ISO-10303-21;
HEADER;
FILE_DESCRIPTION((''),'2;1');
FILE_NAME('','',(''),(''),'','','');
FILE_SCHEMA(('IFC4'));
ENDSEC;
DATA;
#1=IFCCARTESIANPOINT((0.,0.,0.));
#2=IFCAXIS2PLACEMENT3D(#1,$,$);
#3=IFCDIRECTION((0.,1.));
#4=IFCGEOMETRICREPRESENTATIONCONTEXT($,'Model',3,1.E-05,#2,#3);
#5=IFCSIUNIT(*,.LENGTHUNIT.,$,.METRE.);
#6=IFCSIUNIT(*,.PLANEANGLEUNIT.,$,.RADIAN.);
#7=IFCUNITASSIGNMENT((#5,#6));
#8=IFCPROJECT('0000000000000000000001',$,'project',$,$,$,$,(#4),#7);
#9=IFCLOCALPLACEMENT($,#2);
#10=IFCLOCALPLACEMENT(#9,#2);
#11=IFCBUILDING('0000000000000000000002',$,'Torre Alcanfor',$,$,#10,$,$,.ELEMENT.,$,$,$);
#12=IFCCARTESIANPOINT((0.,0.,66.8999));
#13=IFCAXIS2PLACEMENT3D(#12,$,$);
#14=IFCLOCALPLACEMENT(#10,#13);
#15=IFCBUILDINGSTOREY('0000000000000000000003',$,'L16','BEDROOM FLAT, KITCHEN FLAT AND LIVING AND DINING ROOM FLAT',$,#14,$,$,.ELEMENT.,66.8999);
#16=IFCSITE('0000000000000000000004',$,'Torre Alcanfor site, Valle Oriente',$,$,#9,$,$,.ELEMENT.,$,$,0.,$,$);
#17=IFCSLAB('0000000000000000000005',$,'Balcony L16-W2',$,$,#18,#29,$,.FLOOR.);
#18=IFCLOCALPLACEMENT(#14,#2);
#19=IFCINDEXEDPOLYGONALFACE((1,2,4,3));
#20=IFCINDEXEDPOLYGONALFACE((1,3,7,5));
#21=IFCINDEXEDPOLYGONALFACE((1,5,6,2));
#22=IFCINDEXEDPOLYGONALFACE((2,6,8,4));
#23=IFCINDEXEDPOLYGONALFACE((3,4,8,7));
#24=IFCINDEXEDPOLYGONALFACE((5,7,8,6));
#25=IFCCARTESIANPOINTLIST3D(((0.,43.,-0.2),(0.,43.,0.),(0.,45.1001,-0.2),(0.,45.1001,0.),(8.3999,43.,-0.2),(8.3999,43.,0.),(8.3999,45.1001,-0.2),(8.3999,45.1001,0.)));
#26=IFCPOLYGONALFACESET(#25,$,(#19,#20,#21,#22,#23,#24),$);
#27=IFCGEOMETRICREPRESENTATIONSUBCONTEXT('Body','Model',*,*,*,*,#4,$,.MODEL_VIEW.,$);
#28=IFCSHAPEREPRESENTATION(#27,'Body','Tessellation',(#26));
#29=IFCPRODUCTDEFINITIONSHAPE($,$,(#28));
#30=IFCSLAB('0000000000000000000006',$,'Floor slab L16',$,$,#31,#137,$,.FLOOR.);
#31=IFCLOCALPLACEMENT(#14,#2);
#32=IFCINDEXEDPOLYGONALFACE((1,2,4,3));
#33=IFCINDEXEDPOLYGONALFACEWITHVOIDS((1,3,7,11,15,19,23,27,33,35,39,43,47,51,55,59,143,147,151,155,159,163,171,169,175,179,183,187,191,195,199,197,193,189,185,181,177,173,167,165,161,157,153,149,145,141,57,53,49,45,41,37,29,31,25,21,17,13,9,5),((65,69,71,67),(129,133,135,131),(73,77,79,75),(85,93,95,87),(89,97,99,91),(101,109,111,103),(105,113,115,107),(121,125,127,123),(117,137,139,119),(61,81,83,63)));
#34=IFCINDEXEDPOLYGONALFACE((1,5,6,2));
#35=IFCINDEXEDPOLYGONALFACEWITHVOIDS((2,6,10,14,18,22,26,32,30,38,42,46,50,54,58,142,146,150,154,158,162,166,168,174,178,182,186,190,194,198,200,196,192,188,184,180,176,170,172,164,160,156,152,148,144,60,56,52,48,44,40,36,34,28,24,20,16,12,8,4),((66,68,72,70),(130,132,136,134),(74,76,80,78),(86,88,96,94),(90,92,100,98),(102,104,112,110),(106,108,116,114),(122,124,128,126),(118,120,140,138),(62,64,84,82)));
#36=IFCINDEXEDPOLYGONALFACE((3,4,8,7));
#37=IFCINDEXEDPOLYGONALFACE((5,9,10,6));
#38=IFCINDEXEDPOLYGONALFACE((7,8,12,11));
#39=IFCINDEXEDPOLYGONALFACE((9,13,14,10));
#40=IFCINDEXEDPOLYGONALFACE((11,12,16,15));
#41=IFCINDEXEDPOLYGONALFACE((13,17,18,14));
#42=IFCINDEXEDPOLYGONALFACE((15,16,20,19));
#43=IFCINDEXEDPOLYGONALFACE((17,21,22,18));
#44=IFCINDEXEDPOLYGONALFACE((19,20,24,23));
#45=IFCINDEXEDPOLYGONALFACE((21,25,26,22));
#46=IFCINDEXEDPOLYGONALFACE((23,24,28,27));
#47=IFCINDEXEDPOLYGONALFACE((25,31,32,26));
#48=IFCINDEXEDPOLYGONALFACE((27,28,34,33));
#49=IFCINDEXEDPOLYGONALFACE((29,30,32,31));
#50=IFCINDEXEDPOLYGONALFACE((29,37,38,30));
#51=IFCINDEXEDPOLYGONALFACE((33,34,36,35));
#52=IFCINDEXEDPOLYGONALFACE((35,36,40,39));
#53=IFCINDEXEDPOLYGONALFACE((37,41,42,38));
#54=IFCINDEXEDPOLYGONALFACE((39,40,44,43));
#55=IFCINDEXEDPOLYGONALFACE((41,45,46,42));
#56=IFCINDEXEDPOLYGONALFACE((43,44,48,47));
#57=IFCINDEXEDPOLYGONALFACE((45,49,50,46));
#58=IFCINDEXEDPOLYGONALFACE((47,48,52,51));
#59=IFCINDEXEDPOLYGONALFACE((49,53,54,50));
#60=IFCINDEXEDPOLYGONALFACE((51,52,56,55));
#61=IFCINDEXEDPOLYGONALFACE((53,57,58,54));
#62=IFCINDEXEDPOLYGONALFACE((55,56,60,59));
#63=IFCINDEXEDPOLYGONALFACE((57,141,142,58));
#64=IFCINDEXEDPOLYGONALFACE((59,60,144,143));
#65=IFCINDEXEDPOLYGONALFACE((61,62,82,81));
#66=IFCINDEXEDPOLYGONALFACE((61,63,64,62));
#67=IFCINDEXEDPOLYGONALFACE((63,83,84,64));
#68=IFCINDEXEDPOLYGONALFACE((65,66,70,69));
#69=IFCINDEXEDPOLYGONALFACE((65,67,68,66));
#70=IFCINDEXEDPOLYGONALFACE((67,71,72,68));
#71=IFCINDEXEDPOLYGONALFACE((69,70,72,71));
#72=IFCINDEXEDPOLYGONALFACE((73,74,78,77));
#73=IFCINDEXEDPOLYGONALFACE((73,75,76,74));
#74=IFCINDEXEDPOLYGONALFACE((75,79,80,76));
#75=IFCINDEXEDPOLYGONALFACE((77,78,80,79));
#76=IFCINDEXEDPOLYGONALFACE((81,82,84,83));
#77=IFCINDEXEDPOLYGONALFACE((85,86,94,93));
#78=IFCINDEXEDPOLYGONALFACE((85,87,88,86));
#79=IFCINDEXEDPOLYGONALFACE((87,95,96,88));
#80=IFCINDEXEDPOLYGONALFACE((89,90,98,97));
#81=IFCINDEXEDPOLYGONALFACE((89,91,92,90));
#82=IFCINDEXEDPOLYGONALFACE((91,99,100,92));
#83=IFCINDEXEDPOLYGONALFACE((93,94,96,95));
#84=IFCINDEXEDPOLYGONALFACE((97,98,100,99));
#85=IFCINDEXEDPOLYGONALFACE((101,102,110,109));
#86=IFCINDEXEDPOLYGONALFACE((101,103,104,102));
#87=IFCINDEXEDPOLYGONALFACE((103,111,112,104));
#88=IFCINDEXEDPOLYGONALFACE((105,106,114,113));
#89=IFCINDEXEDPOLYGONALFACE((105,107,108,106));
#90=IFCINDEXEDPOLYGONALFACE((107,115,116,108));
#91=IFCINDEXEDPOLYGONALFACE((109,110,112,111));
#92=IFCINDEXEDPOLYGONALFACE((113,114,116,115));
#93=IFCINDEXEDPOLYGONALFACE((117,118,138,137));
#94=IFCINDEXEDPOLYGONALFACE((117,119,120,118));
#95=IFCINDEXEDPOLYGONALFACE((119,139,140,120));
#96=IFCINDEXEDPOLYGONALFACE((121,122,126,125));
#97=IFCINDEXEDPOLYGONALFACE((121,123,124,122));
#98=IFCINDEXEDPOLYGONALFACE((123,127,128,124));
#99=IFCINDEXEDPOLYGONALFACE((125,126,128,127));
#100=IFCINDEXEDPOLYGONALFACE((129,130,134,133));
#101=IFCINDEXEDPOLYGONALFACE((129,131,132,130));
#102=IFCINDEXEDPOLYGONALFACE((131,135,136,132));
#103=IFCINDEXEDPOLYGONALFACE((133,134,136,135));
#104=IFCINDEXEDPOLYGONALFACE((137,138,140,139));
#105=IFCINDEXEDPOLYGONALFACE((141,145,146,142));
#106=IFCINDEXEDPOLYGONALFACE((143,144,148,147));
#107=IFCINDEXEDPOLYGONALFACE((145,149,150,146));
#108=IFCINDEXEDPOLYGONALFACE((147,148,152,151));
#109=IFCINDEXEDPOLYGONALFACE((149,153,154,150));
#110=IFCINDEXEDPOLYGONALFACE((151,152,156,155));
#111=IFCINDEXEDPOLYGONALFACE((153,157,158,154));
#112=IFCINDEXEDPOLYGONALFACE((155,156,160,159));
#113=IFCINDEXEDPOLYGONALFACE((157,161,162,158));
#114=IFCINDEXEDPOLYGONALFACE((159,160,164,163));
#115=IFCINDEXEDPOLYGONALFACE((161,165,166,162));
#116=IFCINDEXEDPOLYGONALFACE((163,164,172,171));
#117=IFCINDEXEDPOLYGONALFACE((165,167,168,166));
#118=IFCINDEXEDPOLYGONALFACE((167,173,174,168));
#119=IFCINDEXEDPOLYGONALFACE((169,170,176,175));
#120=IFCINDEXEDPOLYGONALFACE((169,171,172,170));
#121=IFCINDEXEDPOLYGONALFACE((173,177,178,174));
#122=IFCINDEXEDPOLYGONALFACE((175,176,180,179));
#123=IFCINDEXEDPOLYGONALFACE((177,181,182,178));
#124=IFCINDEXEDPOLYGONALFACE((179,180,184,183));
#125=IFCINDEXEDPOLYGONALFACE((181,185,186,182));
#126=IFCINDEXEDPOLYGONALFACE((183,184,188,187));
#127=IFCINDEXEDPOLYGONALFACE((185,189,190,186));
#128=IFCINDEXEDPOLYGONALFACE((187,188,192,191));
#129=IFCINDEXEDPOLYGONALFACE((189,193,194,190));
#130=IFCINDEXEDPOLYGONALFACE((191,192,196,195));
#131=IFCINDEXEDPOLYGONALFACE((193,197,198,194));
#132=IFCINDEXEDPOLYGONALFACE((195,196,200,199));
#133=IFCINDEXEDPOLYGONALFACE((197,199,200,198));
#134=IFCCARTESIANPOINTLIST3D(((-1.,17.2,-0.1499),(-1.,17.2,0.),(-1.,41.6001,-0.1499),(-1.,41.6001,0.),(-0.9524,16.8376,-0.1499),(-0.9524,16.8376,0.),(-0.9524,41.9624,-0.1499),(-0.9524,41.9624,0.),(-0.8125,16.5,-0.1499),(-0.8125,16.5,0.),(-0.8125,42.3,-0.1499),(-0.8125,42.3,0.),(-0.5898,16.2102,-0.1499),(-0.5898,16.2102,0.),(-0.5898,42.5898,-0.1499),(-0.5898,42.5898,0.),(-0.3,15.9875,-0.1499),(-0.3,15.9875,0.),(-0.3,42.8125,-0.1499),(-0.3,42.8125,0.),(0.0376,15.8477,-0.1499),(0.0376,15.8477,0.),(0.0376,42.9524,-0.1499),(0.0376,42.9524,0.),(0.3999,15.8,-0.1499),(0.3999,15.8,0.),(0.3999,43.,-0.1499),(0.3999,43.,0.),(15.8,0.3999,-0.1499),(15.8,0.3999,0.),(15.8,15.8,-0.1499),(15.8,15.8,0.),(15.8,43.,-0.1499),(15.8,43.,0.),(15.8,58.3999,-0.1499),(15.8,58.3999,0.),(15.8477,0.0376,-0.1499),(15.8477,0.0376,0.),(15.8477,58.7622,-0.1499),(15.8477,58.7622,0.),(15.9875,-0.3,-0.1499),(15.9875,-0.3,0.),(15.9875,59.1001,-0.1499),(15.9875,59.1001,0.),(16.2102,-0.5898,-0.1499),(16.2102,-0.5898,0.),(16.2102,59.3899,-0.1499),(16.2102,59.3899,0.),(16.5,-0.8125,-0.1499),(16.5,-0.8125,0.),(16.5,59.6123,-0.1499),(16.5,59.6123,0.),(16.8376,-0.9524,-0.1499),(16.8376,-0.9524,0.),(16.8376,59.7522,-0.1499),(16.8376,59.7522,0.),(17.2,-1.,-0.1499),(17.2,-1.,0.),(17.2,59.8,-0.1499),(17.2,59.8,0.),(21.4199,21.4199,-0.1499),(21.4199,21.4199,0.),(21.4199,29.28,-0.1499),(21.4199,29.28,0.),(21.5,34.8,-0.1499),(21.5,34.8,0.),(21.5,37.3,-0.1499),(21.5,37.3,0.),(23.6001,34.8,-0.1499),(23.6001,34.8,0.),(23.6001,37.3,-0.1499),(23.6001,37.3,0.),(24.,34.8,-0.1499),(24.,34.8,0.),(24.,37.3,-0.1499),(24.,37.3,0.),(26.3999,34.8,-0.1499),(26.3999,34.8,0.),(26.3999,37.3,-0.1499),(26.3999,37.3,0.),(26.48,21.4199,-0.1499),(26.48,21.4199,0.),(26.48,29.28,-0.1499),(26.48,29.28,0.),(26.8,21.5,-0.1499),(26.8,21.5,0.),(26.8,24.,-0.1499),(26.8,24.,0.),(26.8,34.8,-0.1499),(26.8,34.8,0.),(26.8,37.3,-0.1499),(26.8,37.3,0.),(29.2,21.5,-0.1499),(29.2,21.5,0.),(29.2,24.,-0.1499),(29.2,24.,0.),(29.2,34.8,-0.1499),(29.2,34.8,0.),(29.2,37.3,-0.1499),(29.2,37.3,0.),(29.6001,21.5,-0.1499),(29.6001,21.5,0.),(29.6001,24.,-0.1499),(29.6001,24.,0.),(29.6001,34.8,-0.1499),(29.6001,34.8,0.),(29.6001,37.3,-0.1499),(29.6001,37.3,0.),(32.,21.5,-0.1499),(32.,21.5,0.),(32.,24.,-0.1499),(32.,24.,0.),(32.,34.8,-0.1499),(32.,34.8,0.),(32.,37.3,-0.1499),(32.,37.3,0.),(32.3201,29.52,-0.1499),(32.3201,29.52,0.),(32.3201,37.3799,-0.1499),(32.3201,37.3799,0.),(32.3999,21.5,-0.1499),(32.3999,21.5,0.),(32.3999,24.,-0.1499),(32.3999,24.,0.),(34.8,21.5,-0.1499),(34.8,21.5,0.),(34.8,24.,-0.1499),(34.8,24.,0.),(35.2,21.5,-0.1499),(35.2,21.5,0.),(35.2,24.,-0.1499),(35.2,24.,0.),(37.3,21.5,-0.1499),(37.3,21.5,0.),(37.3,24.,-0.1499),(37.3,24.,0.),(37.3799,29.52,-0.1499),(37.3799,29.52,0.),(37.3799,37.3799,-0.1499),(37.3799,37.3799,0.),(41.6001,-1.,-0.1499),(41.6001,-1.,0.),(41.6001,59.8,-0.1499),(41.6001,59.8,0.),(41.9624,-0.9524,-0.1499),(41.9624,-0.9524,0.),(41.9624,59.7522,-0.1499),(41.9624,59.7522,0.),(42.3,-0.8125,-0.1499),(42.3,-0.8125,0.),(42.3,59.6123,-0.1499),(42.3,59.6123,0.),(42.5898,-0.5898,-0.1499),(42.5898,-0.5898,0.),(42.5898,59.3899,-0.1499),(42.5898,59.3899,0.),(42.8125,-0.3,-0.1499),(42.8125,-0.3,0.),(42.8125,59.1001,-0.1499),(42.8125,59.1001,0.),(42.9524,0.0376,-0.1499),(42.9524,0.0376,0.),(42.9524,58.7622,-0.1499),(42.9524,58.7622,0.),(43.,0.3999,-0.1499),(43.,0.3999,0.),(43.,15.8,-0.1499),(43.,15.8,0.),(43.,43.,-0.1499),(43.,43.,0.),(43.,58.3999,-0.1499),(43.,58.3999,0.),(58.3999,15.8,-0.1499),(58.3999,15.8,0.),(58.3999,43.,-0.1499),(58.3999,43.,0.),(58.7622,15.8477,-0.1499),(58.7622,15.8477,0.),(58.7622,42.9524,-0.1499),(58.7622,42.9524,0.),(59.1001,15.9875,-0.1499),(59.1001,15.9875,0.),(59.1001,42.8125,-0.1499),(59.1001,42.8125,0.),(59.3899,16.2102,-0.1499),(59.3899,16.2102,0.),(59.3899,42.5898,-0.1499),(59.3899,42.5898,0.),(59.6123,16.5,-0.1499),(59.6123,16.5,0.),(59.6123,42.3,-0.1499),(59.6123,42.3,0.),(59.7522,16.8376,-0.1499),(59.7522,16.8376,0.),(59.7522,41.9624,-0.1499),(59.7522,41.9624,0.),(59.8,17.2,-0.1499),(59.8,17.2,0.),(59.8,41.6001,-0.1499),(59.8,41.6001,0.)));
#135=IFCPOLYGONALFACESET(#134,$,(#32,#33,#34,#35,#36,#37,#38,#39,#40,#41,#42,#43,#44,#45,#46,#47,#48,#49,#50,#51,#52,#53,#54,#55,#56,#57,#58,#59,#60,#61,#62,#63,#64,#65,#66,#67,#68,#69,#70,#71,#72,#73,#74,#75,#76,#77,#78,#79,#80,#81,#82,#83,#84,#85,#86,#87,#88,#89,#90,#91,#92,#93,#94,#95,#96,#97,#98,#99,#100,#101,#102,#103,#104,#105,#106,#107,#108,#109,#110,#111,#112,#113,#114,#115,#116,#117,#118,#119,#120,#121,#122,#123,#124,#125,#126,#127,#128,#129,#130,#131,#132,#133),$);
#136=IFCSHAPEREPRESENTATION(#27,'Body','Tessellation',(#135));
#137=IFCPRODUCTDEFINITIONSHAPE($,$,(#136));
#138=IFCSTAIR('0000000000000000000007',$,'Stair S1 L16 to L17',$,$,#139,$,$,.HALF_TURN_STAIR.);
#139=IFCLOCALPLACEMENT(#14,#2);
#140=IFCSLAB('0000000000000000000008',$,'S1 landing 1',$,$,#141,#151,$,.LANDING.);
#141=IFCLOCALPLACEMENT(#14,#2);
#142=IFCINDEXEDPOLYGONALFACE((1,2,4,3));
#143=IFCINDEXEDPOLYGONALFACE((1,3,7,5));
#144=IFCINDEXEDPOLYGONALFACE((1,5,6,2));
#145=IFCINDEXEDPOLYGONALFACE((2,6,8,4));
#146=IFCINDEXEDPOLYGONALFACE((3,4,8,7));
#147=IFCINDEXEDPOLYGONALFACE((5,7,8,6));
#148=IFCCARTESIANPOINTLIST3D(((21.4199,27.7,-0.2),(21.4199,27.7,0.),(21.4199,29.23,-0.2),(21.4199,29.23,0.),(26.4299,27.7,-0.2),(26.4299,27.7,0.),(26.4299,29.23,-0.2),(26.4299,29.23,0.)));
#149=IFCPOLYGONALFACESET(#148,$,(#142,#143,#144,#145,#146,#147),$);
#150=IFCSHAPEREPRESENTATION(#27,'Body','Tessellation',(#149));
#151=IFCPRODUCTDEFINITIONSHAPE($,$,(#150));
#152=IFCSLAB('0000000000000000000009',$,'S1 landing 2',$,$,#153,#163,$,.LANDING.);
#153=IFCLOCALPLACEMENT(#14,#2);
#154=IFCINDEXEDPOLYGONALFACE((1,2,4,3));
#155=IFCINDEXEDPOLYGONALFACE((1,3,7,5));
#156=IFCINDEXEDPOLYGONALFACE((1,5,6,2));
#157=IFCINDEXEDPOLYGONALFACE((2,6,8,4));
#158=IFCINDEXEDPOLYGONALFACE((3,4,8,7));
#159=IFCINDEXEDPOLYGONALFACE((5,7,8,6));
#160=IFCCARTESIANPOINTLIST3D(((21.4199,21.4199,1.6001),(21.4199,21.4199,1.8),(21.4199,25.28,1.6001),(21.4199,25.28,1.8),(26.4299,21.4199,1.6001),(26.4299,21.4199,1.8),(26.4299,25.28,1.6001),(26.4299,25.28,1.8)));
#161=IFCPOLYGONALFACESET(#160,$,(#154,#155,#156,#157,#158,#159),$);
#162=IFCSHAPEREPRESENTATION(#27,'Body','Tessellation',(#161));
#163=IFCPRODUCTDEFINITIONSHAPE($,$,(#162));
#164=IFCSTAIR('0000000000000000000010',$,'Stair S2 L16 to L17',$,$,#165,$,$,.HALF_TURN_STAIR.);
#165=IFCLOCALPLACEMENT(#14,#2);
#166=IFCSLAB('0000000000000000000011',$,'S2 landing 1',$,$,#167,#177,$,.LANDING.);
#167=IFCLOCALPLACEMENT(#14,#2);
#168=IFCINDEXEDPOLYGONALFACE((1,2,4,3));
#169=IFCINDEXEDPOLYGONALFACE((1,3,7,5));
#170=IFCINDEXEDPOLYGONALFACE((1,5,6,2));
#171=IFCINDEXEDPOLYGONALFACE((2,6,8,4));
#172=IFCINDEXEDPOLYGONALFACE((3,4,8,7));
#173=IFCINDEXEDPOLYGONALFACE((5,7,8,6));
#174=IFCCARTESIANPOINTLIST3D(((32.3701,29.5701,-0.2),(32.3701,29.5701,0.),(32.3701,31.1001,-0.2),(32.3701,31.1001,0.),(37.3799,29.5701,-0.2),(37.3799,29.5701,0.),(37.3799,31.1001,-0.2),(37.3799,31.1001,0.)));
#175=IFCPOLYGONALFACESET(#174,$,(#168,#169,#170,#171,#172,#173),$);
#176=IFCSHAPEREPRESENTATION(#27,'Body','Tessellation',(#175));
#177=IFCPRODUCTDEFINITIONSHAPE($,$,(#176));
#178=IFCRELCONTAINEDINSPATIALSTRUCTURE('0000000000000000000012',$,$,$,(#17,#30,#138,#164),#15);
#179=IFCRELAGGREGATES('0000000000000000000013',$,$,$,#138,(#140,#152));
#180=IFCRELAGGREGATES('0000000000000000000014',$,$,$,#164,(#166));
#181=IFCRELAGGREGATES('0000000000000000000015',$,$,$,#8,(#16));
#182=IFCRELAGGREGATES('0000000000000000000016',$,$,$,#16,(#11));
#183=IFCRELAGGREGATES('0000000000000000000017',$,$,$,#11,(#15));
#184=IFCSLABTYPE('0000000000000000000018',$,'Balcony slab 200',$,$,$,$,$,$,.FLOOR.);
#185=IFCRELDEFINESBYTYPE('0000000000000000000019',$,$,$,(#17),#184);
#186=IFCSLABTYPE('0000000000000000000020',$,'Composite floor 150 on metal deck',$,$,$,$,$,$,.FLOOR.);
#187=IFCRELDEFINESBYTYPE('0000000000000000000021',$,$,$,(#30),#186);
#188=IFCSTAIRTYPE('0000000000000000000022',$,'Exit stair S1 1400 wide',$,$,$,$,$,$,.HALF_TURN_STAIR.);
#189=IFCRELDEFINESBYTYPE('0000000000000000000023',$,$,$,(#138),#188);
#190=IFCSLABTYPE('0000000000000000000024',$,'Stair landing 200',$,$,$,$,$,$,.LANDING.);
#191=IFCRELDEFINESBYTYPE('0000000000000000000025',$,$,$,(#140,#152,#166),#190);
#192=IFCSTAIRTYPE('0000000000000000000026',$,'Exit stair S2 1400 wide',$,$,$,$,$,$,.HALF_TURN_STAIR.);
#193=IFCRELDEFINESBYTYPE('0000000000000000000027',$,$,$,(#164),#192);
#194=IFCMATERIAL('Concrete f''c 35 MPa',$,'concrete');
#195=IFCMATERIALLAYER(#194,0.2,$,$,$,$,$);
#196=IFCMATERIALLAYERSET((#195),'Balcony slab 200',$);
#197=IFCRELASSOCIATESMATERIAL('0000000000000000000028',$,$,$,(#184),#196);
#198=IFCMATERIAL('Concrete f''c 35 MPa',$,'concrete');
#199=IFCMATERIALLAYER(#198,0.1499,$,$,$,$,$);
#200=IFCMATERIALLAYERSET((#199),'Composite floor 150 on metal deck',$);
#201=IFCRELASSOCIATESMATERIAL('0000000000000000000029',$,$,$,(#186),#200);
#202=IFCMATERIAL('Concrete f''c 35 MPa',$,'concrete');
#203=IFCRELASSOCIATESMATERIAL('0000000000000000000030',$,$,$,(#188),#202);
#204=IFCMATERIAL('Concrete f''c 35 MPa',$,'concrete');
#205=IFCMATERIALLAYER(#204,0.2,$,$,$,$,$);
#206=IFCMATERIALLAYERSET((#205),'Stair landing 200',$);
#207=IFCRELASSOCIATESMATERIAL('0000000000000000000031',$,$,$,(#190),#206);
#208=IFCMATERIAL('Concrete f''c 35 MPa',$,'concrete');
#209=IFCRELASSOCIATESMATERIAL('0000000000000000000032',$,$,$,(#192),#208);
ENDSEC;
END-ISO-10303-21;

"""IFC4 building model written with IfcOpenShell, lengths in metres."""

from ifc_helpers import new_model, si_unit, direction, frame, origin, place, context, subcontext, project, spatial, polyline, outline, extrude, material, layer, layer_set, type_object, element, aggregate, save


model = new_model("IFC4")

# Units and contexts
model_context = context("Model", 3, precision=1e-05, world=origin(), true_north=direction((0.0, 1.0)))
body_context = subcontext(model_context, "Body", "Model", "MODEL_VIEW")
ifc_project = project(units=[si_unit("LENGTHUNIT", "METRE"), si_unit("PLANEANGLEUNIT", "RADIAN")], contexts=[model_context])

# Site, building, storey
site_placement = place(None, origin())
site = spatial("IfcSite", under=ifc_project, at=site_placement, Name="Torre Alcanfor site, Valle Oriente", CompositionType="ELEMENT", RefElevation=0.0)
building_placement = place(site_placement, origin())
building = spatial("IfcBuilding", under=site, at=building_placement, Name="Torre Alcanfor", CompositionType="ELEMENT")
storey_placement = place(building_placement, frame((0.0, 0.0, 66.8999)))
storey = spatial("IfcBuildingStorey", under=building, at=storey_placement, Name="L16", Description="BEDROOM FLAT, KITCHEN FLAT AND LIVING AND DINING ROOM FLAT", CompositionType="ELEMENT", Elevation=66.8999)

# Slabs
ifc_material_1 = material(Name="Concrete f'c 35 MPa", Category="concrete")
ifc_layer_1 = layer(ifc_material_1, 0.2)
ifc_layer_set_1 = layer_set([ifc_layer_1], Name="Balcony slab 200")
slab_type_1 = type_object("IfcSlabType", Name="Balcony slab 200", PredefinedType="FLOOR", material=ifc_layer_set_1)
slab_1_placement = place(storey_placement, frame((0.0, 0.0, -0.2)))
element("IfcSlab", 1, at=slab_1_placement, inside=storey, type_object=slab_type_1, Name="Balcony L16-W2", PredefinedType="FLOOR", context=body_context, shape_type="SweptSolid", body=[
    extrude(outline(polyline([(8.3999, 45.1001), (0.0, 45.1001), (0.0, 43.0), (8.3999, 43.0), (8.3999, 45.1001)])), origin(), (0.0, 0.0, 1.0), 0.2),
])
ifc_material_2 = material(Name="Concrete f'c 35 MPa", Category="concrete")
ifc_layer_2 = layer(ifc_material_2, 0.1499)
ifc_layer_set_2 = layer_set([ifc_layer_2], Name="Composite floor 150 on metal deck")
slab_type_2 = type_object("IfcSlabType", Name="Composite floor 150 on metal deck", PredefinedType="FLOOR", material=ifc_layer_set_2)
slab_2_placement = place(storey_placement, frame((0.0, 0.0, -0.1499)))
element("IfcSlab", 2, at=slab_2_placement, inside=storey, type_object=slab_type_2, Name="Floor slab L16", PredefinedType="FLOOR", context=body_context, shape_type="SweptSolid", body=[
    extrude(outline(polyline([(15.8, 43.0), (0.3999, 43.0), (0.0376, 42.9524), (-0.3, 42.8125), (-0.5898, 42.5898), (-0.8125, 42.3), (-0.9524, 41.9624), (-1.0, 41.6001), (-1.0, 17.2), (-0.9524, 16.8376), (-0.8125, 16.5), (-0.5898, 16.2102), (-0.3, 15.9875), (0.0376, 15.8477), (0.3999, 15.8), (15.8, 15.8), (15.8, 0.3999), (15.8477, 0.0376), (15.9875, -0.3), (16.2102, -0.5898), (16.5, -0.8125), (16.8376, -0.9524), (17.2, -1.0), (41.6001, -1.0), (41.9624, -0.9524), (42.3, -0.8125), (42.5898, -0.5898), (42.8125, -0.3), (42.9524, 0.0376), (43.0, 0.3999), (43.0, 15.8), (58.3999, 15.8), (58.7622, 15.8477), (59.1001, 15.9875), (59.3899, 16.2102), (59.6123, 16.5), (59.7522, 16.8376), (59.8, 17.2), (59.8, 41.6001), (59.7522, 41.9624), (59.6123, 42.3), (59.3899, 42.5898), (59.1001, 42.8125), (58.7622, 42.9524), (58.3999, 43.0), (43.0, 43.0), (43.0, 58.3999), (42.9524, 58.7622), (42.8125, 59.1001), (42.5898, 59.3899), (42.3, 59.6123), (41.9624, 59.7522), (41.6001, 59.8), (17.2, 59.8), (16.8376, 59.7522), (16.5, 59.6123), (16.2102, 59.3899), (15.9875, 59.1001), (15.8477, 58.7622), (15.8, 58.3999), (15.8, 43.0)]), holes=[polyline([(21.4199, 21.4199), (26.48, 21.4199), (26.48, 29.28), (21.4199, 29.28), (21.4199, 21.4199)]), polyline([(32.3201, 29.52), (37.3799, 29.52), (37.3799, 37.3799), (32.3201, 37.3799), (32.3201, 29.52)]), polyline([(26.8, 21.5), (29.2, 21.5), (29.2, 24.0), (26.8, 24.0), (26.8, 21.5)]), polyline([(29.6001, 21.5), (32.0, 21.5), (32.0, 24.0), (29.6001, 24.0), (29.6001, 21.5)]), polyline([(32.3999, 21.5), (34.8, 21.5), (34.8, 24.0), (32.3999, 24.0), (32.3999, 21.5)]), polyline([(35.2, 21.5), (37.3, 21.5), (37.3, 24.0), (35.2, 24.0), (35.2, 21.5)]), polyline([(21.5, 34.8), (23.6001, 34.8), (23.6001, 37.3), (21.5, 37.3), (21.5, 34.8)]), polyline([(24.0, 34.8), (26.3999, 34.8), (26.3999, 37.3), (24.0, 37.3), (24.0, 34.8)]), polyline([(26.8, 34.8), (29.2, 34.8), (29.2, 37.3), (26.8, 37.3), (26.8, 34.8)]), polyline([(29.6001, 34.8), (32.0, 34.8), (32.0, 37.3), (29.6001, 37.3), (29.6001, 34.8)])]), origin(), (0.0, 0.0, 1.0), 0.1499),
])

# Stairs, slabs
ifc_material_3 = material(Name="Concrete f'c 35 MPa", Category="concrete")
stair_type_1 = type_object("IfcStairType", Name="Exit stair S1 1400 wide", PredefinedType="HALF_TURN_STAIR", material=ifc_material_3)
stair_1_placement = place(storey_placement, origin())
stair_1 = element("IfcStair", 3, at=stair_1_placement, inside=storey, type_object=stair_type_1, Name="Stair S1 L16 to L17", PredefinedType="HALF_TURN_STAIR")
ifc_material_4 = material(Name="Concrete f'c 35 MPa", Category="concrete")
ifc_layer_3 = layer(ifc_material_4, 0.2)
ifc_layer_set_3 = layer_set([ifc_layer_3], Name="Stair landing 200")
slab_type_3 = type_object("IfcSlabType", Name="Stair landing 200", PredefinedType="LANDING", material=ifc_layer_set_3)
slab_3_placement = place(storey_placement, frame((0.0, 0.0, -0.2)))
slab_3 = element("IfcSlab", 4, at=slab_3_placement, type_object=slab_type_3, Name="S1 landing 1", PredefinedType="LANDING", context=body_context, shape_type="SweptSolid", body=[
    extrude(outline(polyline([(21.4199, 27.7), (26.4299, 27.7), (26.4299, 29.23), (21.4199, 29.23), (21.4199, 27.7)])), origin(), (0.0, 0.0, 1.0), 0.2),
])
slab_4_placement = place(storey_placement, frame((0.0, 0.0, 1.6001)))
slab_4 = element("IfcSlab", 5, at=slab_4_placement, type_object=slab_type_3, Name="S1 landing 2", PredefinedType="LANDING", context=body_context, shape_type="SweptSolid", body=[
    extrude(outline(polyline([(21.4199, 21.4199), (26.4299, 21.4199), (26.4299, 25.28), (21.4199, 25.28), (21.4199, 21.4199)])), origin(), (0.0, 0.0, 1.0), 0.2),
])
aggregate(stair_1, [slab_3, slab_4])
ifc_material_5 = material(Name="Concrete f'c 35 MPa", Category="concrete")
stair_type_2 = type_object("IfcStairType", Name="Exit stair S2 1400 wide", PredefinedType="HALF_TURN_STAIR", material=ifc_material_5)
stair_2_placement = place(storey_placement, origin())
stair_2 = element("IfcStair", 6, at=stair_2_placement, inside=storey, type_object=stair_type_2, Name="Stair S2 L16 to L17", PredefinedType="HALF_TURN_STAIR")
slab_5_placement = place(storey_placement, frame((0.0, 0.0, -0.2)))
slab_5 = element("IfcSlab", 7, at=slab_5_placement, type_object=slab_type_3, Name="S2 landing 1", PredefinedType="LANDING", context=body_context, shape_type="SweptSolid", body=[
    extrude(outline(polyline([(32.3701, 29.5701), (37.3799, 29.5701), (37.3799, 31.1001), (32.3701, 31.1001), (32.3701, 29.5701)])), origin(), (0.0, 0.0, 1.0), 0.2),
])
aggregate(stair_2, [slab_5])

save(model, "model.ifc")
